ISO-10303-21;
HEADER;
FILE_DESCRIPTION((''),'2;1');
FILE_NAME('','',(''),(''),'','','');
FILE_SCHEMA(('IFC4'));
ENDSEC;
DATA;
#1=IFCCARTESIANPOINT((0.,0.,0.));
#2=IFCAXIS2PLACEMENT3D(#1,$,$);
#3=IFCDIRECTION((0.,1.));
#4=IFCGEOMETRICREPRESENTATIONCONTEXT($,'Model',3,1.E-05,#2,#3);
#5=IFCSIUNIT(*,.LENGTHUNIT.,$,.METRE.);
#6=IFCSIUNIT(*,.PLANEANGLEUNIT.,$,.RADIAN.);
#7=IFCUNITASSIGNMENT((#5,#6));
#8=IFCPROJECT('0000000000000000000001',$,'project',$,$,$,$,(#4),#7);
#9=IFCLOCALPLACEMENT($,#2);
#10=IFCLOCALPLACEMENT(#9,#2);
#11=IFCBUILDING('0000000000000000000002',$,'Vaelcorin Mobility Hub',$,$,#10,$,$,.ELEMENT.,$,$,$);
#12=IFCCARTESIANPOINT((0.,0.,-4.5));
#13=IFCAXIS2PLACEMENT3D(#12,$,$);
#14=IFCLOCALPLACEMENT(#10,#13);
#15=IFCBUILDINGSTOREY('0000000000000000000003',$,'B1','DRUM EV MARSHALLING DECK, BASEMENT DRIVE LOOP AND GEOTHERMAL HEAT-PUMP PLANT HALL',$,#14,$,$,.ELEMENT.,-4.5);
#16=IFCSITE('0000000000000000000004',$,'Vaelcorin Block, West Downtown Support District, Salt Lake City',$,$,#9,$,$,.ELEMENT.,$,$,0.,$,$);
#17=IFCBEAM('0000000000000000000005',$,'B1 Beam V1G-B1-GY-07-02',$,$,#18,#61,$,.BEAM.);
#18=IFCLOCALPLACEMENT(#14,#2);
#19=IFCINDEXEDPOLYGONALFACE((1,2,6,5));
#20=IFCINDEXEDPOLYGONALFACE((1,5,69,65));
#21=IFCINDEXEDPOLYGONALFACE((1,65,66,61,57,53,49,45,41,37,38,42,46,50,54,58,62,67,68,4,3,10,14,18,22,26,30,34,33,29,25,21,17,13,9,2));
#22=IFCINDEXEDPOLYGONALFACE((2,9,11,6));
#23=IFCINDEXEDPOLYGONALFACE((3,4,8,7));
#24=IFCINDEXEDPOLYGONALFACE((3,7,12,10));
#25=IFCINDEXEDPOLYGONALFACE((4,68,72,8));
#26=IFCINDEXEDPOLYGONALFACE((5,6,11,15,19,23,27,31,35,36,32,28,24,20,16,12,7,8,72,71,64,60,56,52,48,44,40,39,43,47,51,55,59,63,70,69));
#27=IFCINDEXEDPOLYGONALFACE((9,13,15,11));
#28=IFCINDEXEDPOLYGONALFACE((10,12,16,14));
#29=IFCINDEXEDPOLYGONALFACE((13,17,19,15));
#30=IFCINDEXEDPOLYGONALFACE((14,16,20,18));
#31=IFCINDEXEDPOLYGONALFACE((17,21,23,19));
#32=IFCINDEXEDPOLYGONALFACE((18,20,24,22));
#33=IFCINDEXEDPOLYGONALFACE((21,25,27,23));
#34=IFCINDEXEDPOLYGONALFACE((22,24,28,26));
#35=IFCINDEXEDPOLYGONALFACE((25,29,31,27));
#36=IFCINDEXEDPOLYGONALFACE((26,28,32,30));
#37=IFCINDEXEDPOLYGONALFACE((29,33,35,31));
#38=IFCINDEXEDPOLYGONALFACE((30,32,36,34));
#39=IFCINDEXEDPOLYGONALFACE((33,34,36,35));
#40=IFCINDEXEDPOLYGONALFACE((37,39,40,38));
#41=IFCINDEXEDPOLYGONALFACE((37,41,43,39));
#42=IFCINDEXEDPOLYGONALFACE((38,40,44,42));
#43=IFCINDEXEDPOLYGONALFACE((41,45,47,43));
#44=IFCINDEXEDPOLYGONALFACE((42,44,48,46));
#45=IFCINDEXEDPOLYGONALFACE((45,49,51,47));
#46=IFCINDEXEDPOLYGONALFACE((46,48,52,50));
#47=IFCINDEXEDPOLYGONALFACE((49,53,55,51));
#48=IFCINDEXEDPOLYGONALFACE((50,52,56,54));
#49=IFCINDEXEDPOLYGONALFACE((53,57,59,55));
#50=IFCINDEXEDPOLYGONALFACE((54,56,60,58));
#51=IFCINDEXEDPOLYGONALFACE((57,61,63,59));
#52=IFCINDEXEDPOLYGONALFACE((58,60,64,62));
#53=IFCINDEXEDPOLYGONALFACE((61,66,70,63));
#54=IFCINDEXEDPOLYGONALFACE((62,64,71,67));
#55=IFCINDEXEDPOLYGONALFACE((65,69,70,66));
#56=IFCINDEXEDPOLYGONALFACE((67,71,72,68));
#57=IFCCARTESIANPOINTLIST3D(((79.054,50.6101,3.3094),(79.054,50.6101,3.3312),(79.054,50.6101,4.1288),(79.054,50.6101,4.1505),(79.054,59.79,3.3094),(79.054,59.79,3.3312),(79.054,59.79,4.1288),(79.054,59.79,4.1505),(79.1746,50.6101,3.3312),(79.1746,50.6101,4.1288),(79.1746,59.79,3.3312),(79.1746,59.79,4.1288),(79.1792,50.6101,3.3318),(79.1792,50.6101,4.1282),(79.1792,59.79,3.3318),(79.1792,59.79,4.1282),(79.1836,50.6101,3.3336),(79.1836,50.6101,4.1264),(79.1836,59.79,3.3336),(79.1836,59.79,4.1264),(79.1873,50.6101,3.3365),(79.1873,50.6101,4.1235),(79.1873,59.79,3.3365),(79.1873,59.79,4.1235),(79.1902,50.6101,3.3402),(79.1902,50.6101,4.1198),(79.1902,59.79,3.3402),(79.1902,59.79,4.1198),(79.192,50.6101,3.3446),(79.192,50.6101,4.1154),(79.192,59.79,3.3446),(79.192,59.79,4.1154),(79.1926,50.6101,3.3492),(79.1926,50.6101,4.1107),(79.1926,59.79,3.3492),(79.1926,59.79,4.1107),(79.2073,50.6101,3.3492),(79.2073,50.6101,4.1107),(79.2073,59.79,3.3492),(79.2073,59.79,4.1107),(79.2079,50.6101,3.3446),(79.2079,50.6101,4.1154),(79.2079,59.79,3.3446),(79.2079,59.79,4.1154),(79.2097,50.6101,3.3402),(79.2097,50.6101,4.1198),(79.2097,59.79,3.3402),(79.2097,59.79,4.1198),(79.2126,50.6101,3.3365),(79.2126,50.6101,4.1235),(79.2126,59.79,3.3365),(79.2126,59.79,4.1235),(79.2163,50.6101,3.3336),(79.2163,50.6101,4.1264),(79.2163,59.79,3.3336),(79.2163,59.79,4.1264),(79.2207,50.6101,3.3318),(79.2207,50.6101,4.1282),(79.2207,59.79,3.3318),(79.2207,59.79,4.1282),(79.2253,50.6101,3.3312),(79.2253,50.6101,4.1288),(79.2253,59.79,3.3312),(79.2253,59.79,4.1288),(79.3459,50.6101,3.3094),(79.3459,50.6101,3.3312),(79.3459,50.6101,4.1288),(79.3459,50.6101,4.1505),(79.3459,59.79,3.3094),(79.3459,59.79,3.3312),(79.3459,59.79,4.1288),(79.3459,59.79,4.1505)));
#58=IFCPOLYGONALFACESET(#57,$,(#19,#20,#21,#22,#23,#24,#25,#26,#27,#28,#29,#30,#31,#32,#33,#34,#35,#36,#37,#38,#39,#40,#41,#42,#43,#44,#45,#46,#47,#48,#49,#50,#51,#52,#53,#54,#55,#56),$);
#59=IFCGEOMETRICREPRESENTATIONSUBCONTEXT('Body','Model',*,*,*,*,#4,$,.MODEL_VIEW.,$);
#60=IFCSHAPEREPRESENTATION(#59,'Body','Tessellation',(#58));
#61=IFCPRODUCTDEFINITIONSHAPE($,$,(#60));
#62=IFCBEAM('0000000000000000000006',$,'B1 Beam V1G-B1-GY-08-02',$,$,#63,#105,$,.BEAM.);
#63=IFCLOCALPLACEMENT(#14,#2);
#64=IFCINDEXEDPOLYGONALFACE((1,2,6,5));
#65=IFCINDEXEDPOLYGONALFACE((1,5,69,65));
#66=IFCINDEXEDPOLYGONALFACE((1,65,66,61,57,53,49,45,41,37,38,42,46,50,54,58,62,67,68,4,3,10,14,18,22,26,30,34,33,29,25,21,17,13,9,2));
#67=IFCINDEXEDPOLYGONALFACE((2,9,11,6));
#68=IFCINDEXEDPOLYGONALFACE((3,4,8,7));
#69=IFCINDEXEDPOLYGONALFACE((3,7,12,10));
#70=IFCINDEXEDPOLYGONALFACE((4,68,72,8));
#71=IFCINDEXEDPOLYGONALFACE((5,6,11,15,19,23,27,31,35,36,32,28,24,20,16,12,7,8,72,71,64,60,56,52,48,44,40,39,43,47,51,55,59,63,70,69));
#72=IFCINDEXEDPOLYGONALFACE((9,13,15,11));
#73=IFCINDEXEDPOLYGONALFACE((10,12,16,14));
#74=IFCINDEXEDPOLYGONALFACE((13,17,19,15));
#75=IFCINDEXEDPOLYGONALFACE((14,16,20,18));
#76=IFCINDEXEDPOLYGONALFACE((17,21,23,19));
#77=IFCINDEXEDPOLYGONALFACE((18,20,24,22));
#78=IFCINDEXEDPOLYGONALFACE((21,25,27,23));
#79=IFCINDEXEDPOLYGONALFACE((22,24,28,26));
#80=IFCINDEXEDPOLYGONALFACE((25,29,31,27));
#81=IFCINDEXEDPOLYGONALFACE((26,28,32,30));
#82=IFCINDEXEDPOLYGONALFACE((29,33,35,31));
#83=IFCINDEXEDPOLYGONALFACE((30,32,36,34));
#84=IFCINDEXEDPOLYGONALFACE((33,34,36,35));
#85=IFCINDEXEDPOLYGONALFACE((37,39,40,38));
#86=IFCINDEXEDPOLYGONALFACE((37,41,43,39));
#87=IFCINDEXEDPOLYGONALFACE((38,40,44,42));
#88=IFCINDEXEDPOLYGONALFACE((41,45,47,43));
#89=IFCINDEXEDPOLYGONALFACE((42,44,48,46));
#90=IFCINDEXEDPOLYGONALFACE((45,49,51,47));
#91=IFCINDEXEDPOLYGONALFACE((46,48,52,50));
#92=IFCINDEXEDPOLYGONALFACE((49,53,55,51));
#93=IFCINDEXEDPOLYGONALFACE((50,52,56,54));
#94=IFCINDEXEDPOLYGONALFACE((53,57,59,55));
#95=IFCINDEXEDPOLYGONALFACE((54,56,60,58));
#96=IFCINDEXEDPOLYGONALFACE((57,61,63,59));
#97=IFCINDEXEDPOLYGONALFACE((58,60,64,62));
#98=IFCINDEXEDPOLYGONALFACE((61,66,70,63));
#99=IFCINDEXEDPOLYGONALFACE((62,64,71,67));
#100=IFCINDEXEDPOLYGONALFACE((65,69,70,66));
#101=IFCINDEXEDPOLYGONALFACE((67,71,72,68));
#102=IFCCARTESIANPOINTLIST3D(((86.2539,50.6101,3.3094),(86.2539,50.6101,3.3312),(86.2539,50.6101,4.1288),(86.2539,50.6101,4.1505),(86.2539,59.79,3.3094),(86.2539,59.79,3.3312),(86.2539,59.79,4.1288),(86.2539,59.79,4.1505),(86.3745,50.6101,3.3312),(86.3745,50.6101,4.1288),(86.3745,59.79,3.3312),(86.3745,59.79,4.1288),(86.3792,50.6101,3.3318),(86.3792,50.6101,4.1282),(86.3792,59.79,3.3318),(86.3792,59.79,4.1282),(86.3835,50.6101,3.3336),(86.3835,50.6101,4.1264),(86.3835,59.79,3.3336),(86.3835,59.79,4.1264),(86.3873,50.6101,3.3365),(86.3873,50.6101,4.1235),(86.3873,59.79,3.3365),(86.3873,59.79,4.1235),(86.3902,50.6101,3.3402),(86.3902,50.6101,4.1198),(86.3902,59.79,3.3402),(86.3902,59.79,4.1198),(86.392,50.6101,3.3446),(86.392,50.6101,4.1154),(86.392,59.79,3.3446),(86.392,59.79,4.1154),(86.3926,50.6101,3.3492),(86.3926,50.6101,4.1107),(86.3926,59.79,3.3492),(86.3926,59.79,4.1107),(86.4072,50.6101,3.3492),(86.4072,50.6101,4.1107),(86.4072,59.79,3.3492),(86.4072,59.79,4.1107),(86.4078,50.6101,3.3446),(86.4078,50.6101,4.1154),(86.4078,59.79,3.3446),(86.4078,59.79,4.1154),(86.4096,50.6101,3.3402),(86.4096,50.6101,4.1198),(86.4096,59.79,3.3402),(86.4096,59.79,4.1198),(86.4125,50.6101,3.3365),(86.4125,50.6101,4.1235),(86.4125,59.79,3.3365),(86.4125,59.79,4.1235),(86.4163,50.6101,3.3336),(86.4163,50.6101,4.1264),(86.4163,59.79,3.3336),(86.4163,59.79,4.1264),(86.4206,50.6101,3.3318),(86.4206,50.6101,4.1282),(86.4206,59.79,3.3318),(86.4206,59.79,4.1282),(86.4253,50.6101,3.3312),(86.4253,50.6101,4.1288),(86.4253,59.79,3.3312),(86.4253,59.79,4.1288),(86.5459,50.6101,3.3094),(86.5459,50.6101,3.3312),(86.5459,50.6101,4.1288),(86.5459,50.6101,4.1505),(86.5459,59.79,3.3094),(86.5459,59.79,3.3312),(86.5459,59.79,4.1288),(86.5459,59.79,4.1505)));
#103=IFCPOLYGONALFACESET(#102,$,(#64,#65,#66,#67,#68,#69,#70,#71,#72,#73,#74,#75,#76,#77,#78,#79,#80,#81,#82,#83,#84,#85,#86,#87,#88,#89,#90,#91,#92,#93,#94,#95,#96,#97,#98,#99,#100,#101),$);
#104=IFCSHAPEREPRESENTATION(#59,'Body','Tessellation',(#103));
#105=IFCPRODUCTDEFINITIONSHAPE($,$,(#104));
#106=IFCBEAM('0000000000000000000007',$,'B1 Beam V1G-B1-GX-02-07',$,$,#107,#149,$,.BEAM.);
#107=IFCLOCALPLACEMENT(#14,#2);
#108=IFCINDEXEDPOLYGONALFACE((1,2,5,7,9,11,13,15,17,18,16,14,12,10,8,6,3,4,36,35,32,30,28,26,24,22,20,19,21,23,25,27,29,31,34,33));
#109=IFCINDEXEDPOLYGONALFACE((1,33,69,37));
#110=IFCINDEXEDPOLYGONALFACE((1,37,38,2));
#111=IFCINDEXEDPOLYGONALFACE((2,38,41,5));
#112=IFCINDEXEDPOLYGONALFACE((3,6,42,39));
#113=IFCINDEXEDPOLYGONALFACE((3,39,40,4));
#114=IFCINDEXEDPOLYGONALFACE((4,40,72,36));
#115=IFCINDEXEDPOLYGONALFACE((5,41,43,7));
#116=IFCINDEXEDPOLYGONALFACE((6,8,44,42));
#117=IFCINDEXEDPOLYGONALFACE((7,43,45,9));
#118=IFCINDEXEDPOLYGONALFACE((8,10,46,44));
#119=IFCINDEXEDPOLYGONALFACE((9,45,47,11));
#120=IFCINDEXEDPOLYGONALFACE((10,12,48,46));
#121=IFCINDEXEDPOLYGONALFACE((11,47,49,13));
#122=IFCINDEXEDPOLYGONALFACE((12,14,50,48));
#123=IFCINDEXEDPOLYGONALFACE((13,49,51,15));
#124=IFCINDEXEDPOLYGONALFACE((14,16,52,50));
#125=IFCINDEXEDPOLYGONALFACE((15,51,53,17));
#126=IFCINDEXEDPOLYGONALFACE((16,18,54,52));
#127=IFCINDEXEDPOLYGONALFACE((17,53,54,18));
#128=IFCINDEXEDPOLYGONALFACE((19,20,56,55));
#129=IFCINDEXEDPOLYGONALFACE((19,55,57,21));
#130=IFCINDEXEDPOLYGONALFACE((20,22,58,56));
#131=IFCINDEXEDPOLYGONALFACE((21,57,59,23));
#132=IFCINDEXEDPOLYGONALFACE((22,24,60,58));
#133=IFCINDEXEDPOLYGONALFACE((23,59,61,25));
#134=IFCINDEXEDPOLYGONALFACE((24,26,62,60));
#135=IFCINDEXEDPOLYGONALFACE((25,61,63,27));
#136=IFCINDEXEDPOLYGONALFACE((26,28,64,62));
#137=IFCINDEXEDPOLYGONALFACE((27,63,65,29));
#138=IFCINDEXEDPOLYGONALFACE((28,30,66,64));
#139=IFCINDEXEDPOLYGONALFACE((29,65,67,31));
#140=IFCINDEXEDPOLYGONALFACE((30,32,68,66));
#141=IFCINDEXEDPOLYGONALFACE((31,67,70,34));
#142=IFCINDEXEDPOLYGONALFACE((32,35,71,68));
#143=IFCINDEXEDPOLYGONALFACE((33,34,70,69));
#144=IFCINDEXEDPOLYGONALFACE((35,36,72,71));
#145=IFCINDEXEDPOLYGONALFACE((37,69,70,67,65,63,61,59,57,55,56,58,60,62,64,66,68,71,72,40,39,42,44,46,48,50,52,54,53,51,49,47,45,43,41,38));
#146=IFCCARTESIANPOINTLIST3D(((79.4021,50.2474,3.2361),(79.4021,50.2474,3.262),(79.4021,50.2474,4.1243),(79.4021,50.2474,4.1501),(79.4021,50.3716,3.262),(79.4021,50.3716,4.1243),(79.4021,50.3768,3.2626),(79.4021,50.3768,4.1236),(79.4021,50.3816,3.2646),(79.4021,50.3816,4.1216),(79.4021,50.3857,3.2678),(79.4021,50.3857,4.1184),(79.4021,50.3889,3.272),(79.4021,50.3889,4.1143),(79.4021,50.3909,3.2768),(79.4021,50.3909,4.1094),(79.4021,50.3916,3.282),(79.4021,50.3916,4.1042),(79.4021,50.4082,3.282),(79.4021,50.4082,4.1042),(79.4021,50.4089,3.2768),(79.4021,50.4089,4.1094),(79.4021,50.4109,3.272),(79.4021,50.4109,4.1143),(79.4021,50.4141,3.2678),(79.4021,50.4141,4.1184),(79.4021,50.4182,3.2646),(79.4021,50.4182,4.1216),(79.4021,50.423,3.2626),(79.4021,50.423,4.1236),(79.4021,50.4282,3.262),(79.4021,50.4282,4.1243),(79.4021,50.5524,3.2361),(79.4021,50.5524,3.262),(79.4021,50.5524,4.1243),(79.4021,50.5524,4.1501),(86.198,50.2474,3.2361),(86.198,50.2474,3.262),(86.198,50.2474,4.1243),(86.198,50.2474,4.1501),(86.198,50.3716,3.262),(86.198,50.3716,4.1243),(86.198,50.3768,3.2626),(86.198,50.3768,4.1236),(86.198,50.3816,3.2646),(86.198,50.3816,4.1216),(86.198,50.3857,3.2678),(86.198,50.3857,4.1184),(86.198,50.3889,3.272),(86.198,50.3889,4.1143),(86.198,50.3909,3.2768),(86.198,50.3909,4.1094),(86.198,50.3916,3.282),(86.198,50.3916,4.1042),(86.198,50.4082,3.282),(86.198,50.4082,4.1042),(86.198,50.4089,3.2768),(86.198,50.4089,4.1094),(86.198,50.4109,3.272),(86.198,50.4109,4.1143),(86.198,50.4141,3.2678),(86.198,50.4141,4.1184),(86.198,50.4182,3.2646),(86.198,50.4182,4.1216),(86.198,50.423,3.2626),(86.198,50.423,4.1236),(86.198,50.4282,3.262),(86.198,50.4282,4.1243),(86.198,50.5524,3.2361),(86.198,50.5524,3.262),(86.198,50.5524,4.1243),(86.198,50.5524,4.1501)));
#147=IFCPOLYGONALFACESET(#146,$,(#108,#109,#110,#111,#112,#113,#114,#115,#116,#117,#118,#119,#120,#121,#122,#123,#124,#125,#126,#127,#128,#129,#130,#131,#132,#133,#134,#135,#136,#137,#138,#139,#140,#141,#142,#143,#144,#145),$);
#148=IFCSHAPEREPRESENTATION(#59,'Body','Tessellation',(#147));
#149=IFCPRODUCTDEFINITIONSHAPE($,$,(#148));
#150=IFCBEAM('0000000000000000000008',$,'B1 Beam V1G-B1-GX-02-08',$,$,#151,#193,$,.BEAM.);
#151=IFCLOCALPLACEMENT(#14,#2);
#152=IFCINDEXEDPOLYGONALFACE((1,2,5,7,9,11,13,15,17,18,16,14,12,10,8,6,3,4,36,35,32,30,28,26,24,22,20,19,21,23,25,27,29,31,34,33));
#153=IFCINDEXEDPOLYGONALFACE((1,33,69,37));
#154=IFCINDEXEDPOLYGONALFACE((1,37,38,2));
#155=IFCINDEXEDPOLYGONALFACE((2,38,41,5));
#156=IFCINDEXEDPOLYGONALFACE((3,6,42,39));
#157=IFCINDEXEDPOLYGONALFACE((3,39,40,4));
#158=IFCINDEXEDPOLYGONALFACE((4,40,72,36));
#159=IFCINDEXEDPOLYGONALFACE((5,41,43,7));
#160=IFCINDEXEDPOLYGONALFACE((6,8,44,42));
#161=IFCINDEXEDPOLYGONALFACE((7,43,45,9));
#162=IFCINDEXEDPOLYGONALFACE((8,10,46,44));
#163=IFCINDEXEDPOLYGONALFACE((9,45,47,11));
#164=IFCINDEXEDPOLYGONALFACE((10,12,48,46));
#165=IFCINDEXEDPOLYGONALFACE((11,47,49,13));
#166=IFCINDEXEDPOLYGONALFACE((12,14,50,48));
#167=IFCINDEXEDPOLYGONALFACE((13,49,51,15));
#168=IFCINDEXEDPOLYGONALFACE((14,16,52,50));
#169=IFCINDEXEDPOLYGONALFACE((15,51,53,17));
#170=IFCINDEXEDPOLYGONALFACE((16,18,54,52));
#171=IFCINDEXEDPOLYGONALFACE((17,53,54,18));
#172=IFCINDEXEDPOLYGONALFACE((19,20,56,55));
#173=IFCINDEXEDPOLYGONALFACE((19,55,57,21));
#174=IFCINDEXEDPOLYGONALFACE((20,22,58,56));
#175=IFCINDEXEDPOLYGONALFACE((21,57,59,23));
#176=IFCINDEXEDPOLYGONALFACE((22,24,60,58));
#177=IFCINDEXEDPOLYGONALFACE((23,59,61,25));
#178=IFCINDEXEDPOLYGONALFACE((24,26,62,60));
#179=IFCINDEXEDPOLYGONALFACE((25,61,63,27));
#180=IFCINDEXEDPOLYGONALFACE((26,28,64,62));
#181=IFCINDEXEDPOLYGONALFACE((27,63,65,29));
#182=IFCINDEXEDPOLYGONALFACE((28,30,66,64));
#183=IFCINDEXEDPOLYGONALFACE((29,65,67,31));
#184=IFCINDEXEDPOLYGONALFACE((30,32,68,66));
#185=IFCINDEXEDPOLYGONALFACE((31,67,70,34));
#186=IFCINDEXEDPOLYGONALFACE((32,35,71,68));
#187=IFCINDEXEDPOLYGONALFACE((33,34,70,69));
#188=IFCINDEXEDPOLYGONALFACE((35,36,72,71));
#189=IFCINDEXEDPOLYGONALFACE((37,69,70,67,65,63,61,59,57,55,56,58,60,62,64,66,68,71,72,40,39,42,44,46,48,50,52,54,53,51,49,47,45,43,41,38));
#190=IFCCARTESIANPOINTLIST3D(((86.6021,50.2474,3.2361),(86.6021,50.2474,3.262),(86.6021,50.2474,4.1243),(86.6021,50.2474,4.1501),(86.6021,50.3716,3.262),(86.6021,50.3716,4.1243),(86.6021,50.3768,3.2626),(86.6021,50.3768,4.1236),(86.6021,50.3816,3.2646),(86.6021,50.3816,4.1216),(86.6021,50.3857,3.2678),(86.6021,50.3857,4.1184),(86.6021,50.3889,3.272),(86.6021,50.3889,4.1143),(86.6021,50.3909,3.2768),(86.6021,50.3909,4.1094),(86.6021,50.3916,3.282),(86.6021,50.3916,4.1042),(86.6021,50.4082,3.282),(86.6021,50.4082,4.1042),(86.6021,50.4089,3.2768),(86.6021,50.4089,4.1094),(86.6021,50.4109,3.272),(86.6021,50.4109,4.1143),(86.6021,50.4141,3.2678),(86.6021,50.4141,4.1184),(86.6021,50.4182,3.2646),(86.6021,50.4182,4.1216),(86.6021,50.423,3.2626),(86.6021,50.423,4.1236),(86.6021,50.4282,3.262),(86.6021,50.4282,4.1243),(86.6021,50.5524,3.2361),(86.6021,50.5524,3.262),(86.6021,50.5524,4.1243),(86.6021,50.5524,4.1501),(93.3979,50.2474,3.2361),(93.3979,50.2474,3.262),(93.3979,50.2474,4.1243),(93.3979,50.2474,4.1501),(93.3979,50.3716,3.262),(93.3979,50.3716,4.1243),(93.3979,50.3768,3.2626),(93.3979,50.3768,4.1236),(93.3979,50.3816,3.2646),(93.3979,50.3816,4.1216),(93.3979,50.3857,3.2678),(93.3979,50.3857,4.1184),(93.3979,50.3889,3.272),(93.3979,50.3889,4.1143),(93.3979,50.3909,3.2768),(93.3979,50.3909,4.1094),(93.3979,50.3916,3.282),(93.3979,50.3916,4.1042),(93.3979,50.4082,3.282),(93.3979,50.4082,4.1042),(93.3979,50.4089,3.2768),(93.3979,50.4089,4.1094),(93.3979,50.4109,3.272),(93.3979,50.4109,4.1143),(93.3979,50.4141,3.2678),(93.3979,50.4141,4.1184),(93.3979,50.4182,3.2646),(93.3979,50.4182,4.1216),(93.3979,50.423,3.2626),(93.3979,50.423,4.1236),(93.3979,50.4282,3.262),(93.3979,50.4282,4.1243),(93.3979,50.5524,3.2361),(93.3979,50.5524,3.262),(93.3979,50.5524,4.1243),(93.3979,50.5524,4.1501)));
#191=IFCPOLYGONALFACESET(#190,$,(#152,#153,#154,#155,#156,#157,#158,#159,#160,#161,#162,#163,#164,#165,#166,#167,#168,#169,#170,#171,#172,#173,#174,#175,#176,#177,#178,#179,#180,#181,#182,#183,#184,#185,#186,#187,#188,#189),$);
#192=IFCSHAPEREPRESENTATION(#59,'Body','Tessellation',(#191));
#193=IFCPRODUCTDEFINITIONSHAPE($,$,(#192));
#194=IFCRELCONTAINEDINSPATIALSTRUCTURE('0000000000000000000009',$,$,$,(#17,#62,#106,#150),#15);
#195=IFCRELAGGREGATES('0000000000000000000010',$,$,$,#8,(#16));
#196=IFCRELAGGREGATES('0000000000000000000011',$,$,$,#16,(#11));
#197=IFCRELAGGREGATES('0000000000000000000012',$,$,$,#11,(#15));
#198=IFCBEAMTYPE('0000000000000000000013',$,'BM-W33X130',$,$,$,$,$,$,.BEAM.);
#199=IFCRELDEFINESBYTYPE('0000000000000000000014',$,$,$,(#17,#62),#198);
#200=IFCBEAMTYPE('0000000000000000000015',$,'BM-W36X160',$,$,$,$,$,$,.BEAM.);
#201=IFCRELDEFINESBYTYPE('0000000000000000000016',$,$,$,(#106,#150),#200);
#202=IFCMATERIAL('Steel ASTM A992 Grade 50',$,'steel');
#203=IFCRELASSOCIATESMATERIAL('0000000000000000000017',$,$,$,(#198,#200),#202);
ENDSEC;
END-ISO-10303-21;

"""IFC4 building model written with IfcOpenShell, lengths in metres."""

from ifc_helpers import new_model, si_unit, direction, frame, origin, origin_2d, place, context, subcontext, project, spatial, i_section, extrude, material, material_profile, profile_set, type_object, element, save


model = new_model("IFC4")

# Units and contexts
model_context = context("Model", 3, precision=1e-05, world=origin(), true_north=direction((0.0, 1.0)))
body_context = subcontext(model_context, "Body", "Model", "MODEL_VIEW")
ifc_project = project(units=[si_unit("LENGTHUNIT", "METRE"), si_unit("PLANEANGLEUNIT", "RADIAN")], contexts=[model_context])

# Site, building, storey
site_placement = place(None, origin())
site = spatial("IfcSite", under=ifc_project, at=site_placement, Name="Vaelcorin Block, West Downtown Support District, Salt Lake City", CompositionType="ELEMENT", RefElevation=0.0)
building_placement = place(site_placement, origin())
building = spatial("IfcBuilding", under=site, at=building_placement, Name="Vaelcorin Mobility Hub", CompositionType="ELEMENT")
storey_placement = place(building_placement, frame((0.0, 0.0, -4.5)))
storey = spatial("IfcBuildingStorey", under=building, at=storey_placement, Name="B1", Description="DRUM EV MARSHALLING DECK, BASEMENT DRIVE LOOP AND GEOTHERMAL HEAT-PUMP PLANT HALL", CompositionType="ELEMENT", Elevation=-4.5)

# Shared definitions
ifc_material_1 = material(Name="Steel ASTM A992 Grade 50", Category="steel")

# Beams
ifc_material_profile_1 = material_profile(ifc_material_1, i_section(OverallWidth=0.292, OverallDepth=0.8411, WebThickness=0.0146, FlangeThickness=0.0217, FilletRadius=0.0181, at=origin_2d()), Name="W33X130")
ifc_profile_set_1 = profile_set([ifc_material_profile_1], Name="Steel ASTM A992 Grade 50")
beam_type_1 = type_object("IfcBeamType", Name="BM-W33X130", PredefinedType="BEAM", material=ifc_profile_set_1)
for number, where, z_axis, x_axis, name in (
    (1, (79.2, 50.6101, 3.73), (0.0, 1.0, 0.0), (-1.0, 0.0, 0.0), "B1 Beam V1G-B1-GY-07-02"),
    (2, (86.3999, 50.6101, 3.73), (0.0, 1.0, 0.0), (-1.0, 0.0, 0.0), "B1 Beam V1G-B1-GY-08-02"),
):
    element("IfcBeam", number, at=place(storey_placement, frame(where, z_axis=z_axis, x_axis=x_axis)), inside=storey, type_object=beam_type_1, Name=name, PredefinedType="BEAM", context=body_context, shape_type="SweptSolid", body=[
        extrude(i_section(OverallWidth=0.292, OverallDepth=0.8411, WebThickness=0.0146, FlangeThickness=0.0217, FilletRadius=0.0181, at=origin_2d()), origin(), (0.0, 0.0, 1.0), 9.1799),
    ])
ifc_material_profile_2 = material_profile(ifc_material_1, i_section(OverallWidth=0.3049, OverallDepth=0.9141, WebThickness=0.0166, FlangeThickness=0.0259, FilletRadius=0.02, at=origin_2d()), Name="W36X160")
ifc_profile_set_2 = profile_set([ifc_material_profile_2], Name="Steel ASTM A992 Grade 50")
beam_type_2 = type_object("IfcBeamType", Name="BM-W36X160", PredefinedType="BEAM", material=ifc_profile_set_2)
for number, where, z_axis, x_axis, name in (
    (3, (79.4021, 50.3999, 3.6931), (1.0, 0.0, 0.0), (0.0, 1.0, 0.0), "B1 Beam V1G-B1-GX-02-07"),
    (4, (86.6021, 50.3999, 3.6931), (1.0, 0.0, 0.0), (0.0, 1.0, 0.0), "B1 Beam V1G-B1-GX-02-08"),
):
    element("IfcBeam", number, at=place(storey_placement, frame(where, z_axis=z_axis, x_axis=x_axis)), inside=storey, type_object=beam_type_2, Name=name, PredefinedType="BEAM", context=body_context, shape_type="SweptSolid", body=[
        extrude(i_section(OverallWidth=0.3049, OverallDepth=0.9141, WebThickness=0.0166, FlangeThickness=0.0259, FilletRadius=0.02, at=origin_2d()), origin(), (0.0, 0.0, 1.0), 6.7959),
    ])

save(model, "model.ifc")
